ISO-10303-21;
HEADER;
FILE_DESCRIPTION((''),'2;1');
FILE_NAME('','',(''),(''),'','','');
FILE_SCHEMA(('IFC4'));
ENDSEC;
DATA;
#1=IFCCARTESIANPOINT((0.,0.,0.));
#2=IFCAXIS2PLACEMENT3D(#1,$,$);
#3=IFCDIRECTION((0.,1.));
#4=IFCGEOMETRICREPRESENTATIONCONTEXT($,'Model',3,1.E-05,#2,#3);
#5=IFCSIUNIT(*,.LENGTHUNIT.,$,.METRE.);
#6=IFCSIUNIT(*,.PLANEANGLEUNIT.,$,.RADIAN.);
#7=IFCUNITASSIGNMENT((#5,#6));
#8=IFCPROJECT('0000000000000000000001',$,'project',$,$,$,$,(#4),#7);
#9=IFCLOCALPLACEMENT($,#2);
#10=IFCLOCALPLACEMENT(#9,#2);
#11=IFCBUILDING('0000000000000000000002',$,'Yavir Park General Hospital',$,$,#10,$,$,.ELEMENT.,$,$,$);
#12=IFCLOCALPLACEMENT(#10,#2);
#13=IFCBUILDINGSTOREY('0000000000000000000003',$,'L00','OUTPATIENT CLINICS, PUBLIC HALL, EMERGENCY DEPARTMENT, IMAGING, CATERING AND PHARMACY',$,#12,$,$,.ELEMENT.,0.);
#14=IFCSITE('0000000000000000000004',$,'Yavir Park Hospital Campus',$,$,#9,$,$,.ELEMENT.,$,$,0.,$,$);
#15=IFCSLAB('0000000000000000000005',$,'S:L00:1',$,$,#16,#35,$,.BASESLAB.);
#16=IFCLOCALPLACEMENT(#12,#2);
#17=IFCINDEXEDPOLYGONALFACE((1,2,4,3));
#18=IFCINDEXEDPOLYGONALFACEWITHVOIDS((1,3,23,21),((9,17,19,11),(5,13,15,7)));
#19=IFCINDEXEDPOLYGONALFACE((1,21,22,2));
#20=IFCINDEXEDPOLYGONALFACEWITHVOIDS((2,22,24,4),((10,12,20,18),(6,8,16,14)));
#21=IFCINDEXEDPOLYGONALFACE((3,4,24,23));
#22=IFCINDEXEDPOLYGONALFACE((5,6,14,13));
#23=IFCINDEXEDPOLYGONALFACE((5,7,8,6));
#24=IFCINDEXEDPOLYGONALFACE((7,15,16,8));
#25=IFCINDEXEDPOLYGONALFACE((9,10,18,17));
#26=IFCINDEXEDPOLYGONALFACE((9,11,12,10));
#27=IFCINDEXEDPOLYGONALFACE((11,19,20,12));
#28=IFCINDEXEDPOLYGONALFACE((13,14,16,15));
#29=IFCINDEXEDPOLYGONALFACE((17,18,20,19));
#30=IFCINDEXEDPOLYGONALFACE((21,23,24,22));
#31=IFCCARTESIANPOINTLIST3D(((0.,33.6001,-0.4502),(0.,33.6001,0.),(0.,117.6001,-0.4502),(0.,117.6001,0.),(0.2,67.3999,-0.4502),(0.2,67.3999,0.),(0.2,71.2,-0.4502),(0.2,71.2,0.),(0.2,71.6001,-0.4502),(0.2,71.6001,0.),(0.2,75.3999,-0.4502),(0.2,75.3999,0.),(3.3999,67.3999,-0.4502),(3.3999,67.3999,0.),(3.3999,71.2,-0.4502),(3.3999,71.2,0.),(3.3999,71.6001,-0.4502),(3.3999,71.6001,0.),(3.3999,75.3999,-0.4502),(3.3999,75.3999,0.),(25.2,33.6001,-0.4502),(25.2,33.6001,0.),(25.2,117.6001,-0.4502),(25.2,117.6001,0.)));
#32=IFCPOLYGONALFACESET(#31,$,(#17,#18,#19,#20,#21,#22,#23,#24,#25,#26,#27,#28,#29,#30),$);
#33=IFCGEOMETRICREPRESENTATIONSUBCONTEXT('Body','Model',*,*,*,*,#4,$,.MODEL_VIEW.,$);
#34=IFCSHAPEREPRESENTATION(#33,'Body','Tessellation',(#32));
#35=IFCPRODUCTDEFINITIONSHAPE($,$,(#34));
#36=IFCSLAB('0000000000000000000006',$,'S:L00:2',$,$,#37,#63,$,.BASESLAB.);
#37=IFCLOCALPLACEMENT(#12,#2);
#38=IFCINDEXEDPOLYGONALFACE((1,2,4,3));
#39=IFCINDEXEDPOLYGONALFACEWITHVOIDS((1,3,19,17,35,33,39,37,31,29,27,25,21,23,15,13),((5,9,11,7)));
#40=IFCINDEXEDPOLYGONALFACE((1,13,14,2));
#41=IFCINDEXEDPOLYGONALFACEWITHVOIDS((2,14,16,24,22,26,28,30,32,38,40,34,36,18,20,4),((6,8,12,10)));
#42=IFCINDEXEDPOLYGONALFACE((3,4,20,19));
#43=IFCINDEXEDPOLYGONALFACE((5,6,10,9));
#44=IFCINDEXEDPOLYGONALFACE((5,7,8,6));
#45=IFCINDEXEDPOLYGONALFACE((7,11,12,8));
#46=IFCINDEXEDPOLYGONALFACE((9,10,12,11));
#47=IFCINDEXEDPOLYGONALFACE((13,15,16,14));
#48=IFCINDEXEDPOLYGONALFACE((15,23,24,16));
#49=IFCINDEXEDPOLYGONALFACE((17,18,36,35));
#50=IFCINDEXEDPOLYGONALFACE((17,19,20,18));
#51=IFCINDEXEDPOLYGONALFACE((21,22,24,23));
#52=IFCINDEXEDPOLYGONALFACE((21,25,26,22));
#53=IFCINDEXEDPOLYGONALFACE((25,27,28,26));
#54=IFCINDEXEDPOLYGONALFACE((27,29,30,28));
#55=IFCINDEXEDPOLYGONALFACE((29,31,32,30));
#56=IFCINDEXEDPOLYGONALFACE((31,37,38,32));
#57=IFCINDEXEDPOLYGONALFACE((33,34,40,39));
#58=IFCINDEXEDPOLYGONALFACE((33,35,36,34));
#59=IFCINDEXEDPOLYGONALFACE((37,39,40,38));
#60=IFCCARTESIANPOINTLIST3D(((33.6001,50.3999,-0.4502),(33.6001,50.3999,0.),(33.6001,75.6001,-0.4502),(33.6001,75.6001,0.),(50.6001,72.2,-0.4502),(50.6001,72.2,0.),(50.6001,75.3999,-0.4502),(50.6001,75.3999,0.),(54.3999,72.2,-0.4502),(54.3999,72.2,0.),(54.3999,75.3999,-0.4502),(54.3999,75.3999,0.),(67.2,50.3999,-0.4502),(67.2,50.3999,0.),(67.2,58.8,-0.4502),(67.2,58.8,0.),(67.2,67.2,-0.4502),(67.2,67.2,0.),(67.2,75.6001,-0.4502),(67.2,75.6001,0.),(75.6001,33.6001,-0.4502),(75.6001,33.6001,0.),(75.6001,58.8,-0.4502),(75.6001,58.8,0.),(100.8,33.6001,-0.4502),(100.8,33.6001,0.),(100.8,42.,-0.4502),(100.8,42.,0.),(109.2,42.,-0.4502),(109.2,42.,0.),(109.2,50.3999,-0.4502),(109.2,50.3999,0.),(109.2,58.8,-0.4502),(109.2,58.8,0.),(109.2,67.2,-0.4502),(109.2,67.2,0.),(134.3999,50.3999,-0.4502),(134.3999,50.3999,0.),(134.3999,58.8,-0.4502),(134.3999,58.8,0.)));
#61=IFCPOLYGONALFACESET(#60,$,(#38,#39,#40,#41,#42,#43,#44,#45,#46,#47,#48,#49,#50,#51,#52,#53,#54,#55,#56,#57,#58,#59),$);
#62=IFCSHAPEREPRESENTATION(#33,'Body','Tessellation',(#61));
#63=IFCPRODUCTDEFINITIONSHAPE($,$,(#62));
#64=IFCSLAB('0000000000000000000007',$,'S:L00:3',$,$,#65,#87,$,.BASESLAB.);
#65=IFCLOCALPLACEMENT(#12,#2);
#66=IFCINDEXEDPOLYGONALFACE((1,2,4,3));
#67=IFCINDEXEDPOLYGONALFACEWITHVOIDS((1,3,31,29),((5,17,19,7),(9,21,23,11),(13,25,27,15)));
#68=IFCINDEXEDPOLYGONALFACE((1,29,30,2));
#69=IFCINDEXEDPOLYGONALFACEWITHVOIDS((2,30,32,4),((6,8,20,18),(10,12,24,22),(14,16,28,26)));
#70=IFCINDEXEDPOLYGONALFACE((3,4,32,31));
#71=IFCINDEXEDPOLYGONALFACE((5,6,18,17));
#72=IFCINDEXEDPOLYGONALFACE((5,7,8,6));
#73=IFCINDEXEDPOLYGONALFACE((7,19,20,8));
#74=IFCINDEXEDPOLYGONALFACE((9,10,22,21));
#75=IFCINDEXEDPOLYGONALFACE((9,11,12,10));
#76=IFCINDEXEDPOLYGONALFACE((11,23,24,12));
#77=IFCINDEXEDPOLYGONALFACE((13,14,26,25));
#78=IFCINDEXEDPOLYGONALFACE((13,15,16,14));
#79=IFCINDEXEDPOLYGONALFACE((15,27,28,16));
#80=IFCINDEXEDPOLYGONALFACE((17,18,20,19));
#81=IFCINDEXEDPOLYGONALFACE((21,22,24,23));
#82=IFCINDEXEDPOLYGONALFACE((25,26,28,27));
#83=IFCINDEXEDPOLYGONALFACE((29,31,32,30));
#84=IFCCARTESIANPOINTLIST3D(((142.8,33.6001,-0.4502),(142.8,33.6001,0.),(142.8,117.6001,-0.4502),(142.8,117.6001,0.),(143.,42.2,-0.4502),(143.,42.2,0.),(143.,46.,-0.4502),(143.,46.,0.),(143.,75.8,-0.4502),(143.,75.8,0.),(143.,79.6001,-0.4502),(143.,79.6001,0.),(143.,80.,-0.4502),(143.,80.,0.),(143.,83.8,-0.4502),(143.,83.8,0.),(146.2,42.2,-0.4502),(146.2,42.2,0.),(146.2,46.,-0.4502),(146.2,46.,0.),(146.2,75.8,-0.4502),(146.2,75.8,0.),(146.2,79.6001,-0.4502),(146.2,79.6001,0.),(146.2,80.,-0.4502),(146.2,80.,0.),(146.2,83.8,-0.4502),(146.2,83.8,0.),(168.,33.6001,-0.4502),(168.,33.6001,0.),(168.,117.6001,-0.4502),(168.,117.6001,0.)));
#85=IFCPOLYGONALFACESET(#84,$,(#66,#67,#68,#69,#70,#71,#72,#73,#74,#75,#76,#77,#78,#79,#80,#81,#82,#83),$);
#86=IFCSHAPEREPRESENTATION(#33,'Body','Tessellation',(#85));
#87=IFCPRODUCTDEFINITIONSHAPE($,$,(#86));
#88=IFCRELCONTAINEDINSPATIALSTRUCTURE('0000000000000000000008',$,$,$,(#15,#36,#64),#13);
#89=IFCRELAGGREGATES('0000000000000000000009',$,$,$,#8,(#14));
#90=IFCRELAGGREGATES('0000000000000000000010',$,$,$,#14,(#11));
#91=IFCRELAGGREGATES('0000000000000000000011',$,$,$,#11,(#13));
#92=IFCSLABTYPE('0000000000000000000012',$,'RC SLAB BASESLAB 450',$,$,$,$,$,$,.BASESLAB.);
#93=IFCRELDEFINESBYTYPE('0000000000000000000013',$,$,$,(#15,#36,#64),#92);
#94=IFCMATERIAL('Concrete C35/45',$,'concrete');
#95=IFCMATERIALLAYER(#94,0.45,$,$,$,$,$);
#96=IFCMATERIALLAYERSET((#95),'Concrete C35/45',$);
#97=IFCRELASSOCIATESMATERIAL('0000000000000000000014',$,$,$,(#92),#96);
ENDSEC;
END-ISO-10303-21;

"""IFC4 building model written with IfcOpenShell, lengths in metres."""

from ifc_helpers import new_model, si_unit, direction, frame, origin, place, context, subcontext, project, spatial, polyline, outline, extrude, material, layer, layer_set, type_object, element, save


model = new_model("IFC4")

# Units and contexts
model_context = context("Model", 3, precision=1e-05, world=origin(), true_north=direction((0.0, 1.0)))
body_context = subcontext(model_context, "Body", "Model", "MODEL_VIEW")
ifc_project = project(units=[si_unit("LENGTHUNIT", "METRE"), si_unit("PLANEANGLEUNIT", "RADIAN")], contexts=[model_context])

# Site, building, storey
site_placement = place(None, origin())
site = spatial("IfcSite", under=ifc_project, at=site_placement, Name="Yavir Park Hospital Campus", CompositionType="ELEMENT", RefElevation=0.0)
building_placement = place(site_placement, origin())
building = spatial("IfcBuilding", under=site, at=building_placement, Name="Yavir Park General Hospital", CompositionType="ELEMENT")
storey_placement = place(building_placement, origin())
storey = spatial("IfcBuildingStorey", under=building, at=storey_placement, Name="L00", Description="OUTPATIENT CLINICS, PUBLIC HALL, EMERGENCY DEPARTMENT, IMAGING, CATERING AND PHARMACY", CompositionType="ELEMENT", Elevation=0.0)

# Slabs
ifc_material_1 = material(Name="Concrete C35/45", Category="concrete")
ifc_layer_1 = layer(ifc_material_1, 0.45)
ifc_layer_set_1 = layer_set([ifc_layer_1], Name="Concrete C35/45")
slab_type_1 = type_object("IfcSlabType", Name="RC SLAB BASESLAB 450", PredefinedType="BASESLAB", material=ifc_layer_set_1)
slab_1_placement = place(storey_placement, frame((0.0, 0.0, -0.4502)))
element("IfcSlab", 1, at=slab_1_placement, inside=storey, type_object=slab_type_1, Name="S:L00:1", PredefinedType="BASESLAB", context=body_context, shape_type="SweptSolid", body=[
    extrude(outline(polyline([(25.2, 117.6001), (0.0, 117.6001), (0.0, 33.6001), (25.2, 33.6001), (25.2, 117.6001)]), holes=[polyline([(3.3999, 67.3999), (0.2, 67.3999), (0.2, 71.2), (3.3999, 71.2), (3.3999, 67.3999)]), polyline([(3.3999, 71.6001), (0.2, 71.6001), (0.2, 75.3999), (3.3999, 75.3999), (3.3999, 71.6001)])]), origin(), (0.0, 0.0, 1.0), 0.4502),
])
slab_2_placement = place(storey_placement, frame((0.0, 0.0, -0.4502)))
element("IfcSlab", 2, at=slab_2_placement, inside=storey, type_object=slab_type_1, Name="S:L00:2", PredefinedType="BASESLAB", context=body_context, shape_type="SweptSolid", body=[
    extrude(outline(polyline([(75.6001, 58.8), (75.6001, 33.6001), (100.8, 33.6001), (100.8, 42.0), (109.2, 42.0), (109.2, 50.3999), (134.3999, 50.3999), (134.3999, 58.8), (109.2, 58.8), (109.2, 67.2), (67.2, 67.2), (67.2, 75.6001), (33.6001, 75.6001), (33.6001, 50.3999), (67.2, 50.3999), (67.2, 58.8), (75.6001, 58.8)]), holes=[polyline([(54.3999, 75.3999), (54.3999, 72.2), (50.6001, 72.2), (50.6001, 75.3999), (54.3999, 75.3999)])]), origin(), (0.0, 0.0, 1.0), 0.4502),
])
slab_3_placement = place(storey_placement, frame((0.0, 0.0, -0.4502)))
element("IfcSlab", 3, at=slab_3_placement, inside=storey, type_object=slab_type_1, Name="S:L00:3", PredefinedType="BASESLAB", context=body_context, shape_type="SweptSolid", body=[
    extrude(outline(polyline([(168.0, 117.6001), (142.8, 117.6001), (142.8, 33.6001), (168.0, 33.6001), (168.0, 117.6001)]), holes=[polyline([(146.2, 42.2), (143.0, 42.2), (143.0, 46.0), (146.2, 46.0), (146.2, 42.2)]), polyline([(146.2, 75.8), (143.0, 75.8), (143.0, 79.6001), (146.2, 79.6001), (146.2, 75.8)]), polyline([(146.2, 80.0), (143.0, 80.0), (143.0, 83.8), (146.2, 83.8), (146.2, 80.0)])]), origin(), (0.0, 0.0, 1.0), 0.4502),
])

save(model, "model.ifc")
